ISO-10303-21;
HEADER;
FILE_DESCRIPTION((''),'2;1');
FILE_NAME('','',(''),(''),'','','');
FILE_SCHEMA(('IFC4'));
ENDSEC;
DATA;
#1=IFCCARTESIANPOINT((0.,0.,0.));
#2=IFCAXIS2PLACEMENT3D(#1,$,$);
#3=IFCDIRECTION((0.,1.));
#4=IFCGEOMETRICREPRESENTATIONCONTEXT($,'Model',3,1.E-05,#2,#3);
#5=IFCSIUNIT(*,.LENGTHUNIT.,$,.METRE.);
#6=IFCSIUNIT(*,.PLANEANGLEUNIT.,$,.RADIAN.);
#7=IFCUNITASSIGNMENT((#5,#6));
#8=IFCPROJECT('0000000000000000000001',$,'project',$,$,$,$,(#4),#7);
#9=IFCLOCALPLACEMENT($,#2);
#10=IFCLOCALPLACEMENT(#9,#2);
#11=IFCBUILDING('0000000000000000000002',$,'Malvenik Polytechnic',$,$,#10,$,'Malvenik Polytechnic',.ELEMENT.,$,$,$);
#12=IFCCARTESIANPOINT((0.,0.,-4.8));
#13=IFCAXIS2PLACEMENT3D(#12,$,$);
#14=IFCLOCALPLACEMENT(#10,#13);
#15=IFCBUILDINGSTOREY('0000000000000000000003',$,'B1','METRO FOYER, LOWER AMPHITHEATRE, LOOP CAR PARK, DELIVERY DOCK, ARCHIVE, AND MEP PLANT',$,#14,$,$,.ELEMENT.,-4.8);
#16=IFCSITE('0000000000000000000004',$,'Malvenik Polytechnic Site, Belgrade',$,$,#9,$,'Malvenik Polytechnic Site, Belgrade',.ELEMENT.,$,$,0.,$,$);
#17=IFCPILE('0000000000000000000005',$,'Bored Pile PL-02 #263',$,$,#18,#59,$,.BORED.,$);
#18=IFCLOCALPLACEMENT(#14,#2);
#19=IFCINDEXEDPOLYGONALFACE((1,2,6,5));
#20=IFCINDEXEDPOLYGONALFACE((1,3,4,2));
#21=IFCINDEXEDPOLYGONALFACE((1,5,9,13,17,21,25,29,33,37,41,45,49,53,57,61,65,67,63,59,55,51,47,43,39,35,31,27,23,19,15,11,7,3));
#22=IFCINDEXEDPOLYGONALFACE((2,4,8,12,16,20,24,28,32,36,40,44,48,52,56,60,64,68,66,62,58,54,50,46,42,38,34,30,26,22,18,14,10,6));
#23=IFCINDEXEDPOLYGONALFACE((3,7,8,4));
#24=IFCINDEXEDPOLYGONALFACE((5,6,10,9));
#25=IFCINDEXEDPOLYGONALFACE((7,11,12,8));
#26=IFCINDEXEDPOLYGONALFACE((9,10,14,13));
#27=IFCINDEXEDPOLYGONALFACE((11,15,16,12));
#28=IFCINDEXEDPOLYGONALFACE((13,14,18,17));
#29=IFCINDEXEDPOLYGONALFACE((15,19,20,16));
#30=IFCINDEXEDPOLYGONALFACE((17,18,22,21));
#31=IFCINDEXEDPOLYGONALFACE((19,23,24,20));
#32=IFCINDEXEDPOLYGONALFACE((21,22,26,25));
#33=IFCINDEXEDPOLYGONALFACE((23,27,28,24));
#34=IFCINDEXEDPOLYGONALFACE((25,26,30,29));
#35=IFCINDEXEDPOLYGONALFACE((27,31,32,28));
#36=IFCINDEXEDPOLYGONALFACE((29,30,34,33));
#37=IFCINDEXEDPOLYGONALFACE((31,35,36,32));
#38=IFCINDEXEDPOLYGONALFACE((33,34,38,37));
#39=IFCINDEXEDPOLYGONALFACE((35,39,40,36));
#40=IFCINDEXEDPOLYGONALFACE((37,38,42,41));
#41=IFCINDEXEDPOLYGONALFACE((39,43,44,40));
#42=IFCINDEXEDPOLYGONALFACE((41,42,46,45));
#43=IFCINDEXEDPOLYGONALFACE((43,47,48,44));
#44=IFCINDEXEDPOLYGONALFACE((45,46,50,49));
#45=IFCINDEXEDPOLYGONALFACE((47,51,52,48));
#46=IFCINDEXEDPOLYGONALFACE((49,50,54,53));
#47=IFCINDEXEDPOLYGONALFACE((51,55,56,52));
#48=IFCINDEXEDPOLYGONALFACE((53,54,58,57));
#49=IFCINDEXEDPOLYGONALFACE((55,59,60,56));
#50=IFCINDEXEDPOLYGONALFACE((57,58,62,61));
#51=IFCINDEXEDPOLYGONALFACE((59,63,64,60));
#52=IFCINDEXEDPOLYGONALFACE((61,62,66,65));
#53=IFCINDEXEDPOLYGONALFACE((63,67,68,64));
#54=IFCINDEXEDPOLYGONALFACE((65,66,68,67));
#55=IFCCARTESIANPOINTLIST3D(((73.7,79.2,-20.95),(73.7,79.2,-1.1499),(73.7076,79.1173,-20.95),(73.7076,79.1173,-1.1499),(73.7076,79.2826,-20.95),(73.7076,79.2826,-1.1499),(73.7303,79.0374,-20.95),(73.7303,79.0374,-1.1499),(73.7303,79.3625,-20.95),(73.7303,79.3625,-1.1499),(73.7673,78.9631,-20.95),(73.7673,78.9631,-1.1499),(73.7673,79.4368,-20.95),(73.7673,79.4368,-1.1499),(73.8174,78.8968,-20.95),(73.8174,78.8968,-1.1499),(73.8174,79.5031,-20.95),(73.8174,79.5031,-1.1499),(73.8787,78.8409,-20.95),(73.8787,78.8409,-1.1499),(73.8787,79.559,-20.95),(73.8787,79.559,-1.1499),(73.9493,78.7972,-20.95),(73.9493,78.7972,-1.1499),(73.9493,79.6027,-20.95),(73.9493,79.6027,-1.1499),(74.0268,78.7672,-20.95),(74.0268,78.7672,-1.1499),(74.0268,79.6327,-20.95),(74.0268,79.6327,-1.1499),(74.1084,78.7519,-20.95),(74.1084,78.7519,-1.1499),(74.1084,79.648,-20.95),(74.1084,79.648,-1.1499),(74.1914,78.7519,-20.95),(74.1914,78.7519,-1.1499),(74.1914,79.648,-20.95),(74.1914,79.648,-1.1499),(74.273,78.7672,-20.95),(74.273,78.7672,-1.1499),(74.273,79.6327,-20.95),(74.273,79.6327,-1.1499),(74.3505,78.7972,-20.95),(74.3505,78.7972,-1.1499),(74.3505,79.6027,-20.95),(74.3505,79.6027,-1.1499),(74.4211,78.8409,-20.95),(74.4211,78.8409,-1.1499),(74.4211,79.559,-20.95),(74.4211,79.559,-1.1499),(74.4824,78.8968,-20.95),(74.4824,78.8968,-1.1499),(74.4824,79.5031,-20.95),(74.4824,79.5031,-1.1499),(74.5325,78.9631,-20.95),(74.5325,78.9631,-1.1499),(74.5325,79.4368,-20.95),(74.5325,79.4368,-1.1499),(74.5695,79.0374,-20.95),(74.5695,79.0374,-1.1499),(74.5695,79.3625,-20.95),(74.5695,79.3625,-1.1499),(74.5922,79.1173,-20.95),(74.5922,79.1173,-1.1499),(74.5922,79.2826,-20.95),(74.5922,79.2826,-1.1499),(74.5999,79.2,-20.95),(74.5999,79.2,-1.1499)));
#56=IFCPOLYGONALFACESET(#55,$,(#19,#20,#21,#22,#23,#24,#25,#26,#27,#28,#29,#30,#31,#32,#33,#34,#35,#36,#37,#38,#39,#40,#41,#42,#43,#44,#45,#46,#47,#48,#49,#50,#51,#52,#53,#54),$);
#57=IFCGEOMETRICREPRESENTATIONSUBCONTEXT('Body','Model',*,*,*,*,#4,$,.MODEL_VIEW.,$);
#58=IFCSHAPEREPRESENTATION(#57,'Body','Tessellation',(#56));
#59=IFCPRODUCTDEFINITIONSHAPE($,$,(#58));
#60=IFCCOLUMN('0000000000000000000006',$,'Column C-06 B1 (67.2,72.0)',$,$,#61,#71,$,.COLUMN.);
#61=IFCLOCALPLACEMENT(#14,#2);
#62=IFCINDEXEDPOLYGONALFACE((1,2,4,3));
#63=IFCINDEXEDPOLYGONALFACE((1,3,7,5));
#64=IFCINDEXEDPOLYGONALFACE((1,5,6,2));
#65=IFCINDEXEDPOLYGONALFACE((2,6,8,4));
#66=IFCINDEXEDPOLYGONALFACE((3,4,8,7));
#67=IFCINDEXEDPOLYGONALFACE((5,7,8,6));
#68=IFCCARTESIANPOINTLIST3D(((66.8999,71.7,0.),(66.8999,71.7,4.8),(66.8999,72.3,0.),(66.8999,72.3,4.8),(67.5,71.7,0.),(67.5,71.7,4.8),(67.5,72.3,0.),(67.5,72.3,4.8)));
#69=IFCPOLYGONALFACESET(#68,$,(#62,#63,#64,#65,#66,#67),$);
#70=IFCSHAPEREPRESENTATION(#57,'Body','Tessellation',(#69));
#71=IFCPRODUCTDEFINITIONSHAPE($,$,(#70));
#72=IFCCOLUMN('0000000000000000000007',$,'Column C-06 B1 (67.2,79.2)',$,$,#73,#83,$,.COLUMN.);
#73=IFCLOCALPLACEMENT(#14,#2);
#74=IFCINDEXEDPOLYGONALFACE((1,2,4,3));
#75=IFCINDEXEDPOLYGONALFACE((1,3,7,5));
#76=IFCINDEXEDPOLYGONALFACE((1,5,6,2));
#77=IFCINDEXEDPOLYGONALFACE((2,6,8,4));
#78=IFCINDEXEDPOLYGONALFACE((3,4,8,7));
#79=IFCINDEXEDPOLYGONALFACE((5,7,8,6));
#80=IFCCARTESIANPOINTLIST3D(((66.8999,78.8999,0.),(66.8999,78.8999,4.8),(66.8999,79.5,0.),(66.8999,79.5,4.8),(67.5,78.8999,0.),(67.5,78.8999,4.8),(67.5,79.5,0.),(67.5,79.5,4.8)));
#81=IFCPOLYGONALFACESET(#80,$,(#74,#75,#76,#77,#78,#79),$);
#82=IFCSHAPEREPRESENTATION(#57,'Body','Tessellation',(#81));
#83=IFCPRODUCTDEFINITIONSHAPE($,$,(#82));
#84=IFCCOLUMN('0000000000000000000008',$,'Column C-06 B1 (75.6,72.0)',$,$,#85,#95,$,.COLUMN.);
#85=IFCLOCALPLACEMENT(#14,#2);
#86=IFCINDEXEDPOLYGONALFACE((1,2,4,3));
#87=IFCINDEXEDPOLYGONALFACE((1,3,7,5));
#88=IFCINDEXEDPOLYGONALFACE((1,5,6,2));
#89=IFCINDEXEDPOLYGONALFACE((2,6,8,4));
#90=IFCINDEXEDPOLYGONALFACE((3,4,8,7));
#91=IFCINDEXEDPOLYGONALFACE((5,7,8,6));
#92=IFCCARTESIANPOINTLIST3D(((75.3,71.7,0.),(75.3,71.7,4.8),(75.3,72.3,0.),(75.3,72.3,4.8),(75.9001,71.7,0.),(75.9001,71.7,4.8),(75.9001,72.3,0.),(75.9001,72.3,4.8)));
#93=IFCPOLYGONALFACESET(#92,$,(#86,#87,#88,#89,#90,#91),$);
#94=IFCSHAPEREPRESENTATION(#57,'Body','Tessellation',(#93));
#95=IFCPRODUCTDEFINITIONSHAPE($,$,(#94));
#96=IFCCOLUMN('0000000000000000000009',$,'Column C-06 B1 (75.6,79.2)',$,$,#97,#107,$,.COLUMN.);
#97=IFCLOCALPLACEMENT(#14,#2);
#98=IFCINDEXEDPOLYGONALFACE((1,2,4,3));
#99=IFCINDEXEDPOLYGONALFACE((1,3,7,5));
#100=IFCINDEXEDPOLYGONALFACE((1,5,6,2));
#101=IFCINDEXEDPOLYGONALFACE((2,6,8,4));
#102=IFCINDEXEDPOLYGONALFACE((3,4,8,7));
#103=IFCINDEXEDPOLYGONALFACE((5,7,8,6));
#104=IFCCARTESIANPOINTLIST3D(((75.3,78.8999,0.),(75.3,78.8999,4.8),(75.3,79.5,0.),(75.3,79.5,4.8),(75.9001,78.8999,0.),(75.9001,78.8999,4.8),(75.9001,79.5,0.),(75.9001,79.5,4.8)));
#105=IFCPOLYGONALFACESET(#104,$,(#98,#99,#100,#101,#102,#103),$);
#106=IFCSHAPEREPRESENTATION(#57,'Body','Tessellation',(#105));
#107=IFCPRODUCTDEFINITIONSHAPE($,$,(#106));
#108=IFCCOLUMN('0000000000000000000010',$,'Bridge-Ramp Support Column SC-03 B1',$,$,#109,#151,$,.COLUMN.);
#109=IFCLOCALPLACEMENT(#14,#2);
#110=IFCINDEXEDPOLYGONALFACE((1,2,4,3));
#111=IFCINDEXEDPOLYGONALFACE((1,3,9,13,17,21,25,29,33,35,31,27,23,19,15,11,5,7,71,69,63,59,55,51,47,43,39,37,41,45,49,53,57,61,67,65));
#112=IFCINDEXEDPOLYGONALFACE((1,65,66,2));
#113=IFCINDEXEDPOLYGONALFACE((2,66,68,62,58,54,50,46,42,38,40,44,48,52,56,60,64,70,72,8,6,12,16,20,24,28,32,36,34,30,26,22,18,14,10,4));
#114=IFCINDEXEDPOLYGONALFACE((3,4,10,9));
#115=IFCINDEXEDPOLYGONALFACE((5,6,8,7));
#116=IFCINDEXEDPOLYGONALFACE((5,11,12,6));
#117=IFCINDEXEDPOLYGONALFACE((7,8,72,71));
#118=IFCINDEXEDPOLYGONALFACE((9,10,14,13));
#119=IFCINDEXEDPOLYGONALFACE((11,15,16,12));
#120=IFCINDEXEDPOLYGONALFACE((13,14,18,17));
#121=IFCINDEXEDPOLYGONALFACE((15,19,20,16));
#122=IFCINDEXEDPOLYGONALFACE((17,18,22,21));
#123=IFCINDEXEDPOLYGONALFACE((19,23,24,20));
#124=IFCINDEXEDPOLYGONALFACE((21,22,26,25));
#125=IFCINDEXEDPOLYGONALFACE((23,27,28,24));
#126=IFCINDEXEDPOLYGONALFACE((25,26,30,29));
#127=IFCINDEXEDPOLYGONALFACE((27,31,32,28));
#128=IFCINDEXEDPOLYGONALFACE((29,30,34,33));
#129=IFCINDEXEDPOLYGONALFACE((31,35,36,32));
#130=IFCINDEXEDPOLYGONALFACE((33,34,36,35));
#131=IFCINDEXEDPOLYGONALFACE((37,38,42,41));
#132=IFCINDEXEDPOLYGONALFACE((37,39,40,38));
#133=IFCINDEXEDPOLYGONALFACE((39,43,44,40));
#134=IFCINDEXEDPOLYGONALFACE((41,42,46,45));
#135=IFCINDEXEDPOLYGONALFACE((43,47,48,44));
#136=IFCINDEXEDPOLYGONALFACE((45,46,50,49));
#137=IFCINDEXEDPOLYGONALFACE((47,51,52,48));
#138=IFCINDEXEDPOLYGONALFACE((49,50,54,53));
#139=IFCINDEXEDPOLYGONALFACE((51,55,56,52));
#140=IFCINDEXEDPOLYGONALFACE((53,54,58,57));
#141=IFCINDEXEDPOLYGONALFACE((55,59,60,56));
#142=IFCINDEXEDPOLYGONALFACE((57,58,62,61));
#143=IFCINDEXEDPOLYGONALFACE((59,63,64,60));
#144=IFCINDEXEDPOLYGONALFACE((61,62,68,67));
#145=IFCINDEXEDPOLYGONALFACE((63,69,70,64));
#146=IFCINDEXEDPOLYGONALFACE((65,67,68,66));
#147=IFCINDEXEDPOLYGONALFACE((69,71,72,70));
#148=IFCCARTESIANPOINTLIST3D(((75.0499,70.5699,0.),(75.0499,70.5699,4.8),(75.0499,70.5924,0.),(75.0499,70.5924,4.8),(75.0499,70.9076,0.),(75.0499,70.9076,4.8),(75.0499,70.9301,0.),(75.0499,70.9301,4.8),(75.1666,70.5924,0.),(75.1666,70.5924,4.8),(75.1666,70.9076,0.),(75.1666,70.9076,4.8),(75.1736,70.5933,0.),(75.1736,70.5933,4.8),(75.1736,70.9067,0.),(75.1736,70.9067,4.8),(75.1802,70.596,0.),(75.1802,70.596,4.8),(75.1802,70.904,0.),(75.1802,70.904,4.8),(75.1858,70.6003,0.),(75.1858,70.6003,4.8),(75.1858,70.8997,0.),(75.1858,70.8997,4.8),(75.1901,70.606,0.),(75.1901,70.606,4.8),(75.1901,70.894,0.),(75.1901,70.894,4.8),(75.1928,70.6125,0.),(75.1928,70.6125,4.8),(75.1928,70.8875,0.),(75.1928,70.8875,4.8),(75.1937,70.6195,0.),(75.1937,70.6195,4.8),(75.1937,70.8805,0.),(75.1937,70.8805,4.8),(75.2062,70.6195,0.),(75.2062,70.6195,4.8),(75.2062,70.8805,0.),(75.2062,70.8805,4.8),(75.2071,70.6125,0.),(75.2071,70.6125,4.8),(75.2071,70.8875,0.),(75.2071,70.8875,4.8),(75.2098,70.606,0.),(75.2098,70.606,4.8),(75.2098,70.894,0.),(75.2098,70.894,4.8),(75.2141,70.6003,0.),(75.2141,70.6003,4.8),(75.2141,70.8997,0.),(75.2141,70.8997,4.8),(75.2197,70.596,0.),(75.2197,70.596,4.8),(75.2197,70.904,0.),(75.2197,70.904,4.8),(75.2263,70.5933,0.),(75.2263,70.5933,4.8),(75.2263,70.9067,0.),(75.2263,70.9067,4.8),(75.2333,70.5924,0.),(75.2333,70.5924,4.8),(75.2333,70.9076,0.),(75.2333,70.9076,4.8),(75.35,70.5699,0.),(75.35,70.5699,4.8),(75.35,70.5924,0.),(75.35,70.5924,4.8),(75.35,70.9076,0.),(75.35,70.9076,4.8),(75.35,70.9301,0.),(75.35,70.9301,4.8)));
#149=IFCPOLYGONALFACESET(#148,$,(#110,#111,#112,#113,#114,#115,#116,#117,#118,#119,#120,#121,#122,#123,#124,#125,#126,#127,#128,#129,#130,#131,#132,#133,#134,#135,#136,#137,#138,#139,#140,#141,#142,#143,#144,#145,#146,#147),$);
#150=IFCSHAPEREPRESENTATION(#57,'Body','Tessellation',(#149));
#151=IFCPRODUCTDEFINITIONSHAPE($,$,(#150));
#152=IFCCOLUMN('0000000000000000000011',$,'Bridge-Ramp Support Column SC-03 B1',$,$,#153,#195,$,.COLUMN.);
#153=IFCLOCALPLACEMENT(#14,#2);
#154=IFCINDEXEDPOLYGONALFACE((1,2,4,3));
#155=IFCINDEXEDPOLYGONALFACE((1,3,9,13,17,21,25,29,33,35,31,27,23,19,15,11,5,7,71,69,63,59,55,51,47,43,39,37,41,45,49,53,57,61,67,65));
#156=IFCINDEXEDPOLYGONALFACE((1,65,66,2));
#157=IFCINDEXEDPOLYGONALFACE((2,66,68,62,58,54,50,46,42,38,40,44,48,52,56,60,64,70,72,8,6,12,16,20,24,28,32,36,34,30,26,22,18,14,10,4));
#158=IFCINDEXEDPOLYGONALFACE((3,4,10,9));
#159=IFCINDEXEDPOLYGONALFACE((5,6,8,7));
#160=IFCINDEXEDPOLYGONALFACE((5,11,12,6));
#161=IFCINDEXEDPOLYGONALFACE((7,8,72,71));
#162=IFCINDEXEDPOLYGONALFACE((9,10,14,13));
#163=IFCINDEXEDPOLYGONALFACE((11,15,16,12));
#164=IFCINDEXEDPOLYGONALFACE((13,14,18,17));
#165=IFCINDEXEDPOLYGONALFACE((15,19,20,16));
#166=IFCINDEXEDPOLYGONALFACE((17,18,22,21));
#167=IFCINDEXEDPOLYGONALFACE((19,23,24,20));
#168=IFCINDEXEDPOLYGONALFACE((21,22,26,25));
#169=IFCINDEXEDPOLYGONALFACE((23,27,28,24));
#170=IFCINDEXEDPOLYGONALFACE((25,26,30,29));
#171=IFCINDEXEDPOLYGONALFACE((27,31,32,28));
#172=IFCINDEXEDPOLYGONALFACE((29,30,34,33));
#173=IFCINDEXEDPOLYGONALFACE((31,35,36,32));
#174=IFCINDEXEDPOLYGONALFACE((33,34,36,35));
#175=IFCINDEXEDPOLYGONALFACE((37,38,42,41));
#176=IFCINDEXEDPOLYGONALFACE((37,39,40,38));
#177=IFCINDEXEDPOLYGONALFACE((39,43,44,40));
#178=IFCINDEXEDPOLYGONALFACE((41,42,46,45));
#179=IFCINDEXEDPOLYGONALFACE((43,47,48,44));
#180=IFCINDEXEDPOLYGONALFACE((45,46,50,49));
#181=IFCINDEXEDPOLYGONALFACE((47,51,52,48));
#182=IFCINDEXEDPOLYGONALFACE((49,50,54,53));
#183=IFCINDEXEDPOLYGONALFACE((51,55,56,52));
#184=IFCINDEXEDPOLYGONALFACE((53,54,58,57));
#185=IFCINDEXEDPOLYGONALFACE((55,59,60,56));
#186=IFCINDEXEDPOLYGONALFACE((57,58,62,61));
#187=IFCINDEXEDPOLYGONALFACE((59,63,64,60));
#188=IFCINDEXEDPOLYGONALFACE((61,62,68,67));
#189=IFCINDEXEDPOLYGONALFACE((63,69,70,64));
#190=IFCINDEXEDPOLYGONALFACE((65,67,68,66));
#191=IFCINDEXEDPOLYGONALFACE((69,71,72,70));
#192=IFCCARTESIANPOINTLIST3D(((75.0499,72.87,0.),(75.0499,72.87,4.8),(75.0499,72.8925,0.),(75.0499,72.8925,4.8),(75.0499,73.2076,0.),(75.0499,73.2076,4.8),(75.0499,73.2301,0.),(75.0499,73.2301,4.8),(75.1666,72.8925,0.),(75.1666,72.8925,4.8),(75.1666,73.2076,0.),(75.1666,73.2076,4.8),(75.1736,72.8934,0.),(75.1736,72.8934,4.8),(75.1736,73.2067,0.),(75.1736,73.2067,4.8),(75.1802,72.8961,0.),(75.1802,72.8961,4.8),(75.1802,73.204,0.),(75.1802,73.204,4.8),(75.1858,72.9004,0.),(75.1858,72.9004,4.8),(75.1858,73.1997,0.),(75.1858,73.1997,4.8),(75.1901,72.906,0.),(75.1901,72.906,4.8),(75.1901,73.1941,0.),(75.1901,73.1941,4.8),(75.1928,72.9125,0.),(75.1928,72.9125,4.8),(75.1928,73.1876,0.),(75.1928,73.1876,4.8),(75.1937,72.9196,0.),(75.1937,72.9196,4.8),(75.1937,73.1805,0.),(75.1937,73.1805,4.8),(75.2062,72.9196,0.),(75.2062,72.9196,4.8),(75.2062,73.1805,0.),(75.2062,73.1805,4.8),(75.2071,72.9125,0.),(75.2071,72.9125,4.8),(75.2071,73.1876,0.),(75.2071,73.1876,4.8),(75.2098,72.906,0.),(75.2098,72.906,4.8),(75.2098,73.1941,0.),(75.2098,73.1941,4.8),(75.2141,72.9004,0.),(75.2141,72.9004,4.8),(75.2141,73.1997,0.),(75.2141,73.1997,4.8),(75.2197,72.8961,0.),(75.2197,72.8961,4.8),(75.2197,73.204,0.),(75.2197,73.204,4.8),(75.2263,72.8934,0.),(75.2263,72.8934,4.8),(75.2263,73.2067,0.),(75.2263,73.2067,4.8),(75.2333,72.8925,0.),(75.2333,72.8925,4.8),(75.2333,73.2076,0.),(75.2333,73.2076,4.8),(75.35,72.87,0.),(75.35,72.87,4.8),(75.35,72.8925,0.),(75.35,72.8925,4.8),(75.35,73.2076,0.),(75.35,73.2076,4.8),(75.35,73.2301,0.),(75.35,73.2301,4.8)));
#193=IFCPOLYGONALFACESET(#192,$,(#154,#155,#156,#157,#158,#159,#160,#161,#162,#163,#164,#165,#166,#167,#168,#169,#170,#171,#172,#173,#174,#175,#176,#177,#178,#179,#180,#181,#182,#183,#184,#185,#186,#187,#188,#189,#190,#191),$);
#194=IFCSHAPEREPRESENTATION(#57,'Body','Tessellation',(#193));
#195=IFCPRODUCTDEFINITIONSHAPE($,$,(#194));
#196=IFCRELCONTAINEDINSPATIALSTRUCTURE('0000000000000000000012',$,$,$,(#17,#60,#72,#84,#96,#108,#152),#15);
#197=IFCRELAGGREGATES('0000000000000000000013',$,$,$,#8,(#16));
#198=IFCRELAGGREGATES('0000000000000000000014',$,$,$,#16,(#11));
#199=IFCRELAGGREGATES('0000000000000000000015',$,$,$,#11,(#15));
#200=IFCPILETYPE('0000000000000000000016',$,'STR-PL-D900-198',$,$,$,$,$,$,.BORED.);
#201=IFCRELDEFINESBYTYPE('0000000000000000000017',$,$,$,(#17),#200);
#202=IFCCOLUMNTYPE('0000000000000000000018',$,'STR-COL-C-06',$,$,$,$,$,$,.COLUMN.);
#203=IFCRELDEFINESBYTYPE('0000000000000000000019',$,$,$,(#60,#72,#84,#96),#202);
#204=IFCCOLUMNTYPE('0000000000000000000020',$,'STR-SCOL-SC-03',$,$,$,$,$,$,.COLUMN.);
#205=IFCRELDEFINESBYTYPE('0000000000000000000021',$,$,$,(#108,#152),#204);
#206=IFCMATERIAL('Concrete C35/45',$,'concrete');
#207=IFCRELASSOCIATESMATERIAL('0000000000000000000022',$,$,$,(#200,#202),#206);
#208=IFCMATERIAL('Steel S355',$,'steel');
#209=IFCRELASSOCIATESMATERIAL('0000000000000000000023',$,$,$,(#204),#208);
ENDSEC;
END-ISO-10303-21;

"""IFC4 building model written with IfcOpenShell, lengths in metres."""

from ifc_helpers import new_model, si_unit, direction, frame, origin, origin_2d, place, context, subcontext, project, spatial, rectangle, circle, i_section, extrude, material, material_profile, profile_set, type_object, element, save


model = new_model("IFC4")

# Units and contexts
model_context = context("Model", 3, precision=1e-05, world=origin(), true_north=direction((0.0, 1.0)))
body_context = subcontext(model_context, "Body", "Model", "MODEL_VIEW")
ifc_project = project(units=[si_unit("LENGTHUNIT", "METRE"), si_unit("PLANEANGLEUNIT", "RADIAN")], contexts=[model_context])

# Site, building, storey
site_placement = place(None, origin())
site = spatial("IfcSite", under=ifc_project, at=site_placement, Name="Malvenik Polytechnic Site, Belgrade", LongName="Malvenik Polytechnic Site, Belgrade", CompositionType="ELEMENT", RefElevation=0.0)
building_placement = place(site_placement, origin())
building = spatial("IfcBuilding", under=site, at=building_placement, Name="Malvenik Polytechnic", LongName="Malvenik Polytechnic", CompositionType="ELEMENT")
storey_placement = place(building_placement, frame((0.0, 0.0, -4.8)))
storey = spatial("IfcBuildingStorey", under=building, at=storey_placement, Name="B1", Description="METRO FOYER, LOWER AMPHITHEATRE, LOOP CAR PARK, DELIVERY DOCK, ARCHIVE, AND MEP PLANT", CompositionType="ELEMENT", Elevation=-4.8)

# Shared definitions
ifc_material_1 = material(Name="Concrete C35/45", Category="concrete")

# Pile
ifc_material_profile_1 = material_profile(ifc_material_1, circle(Radius=0.45, at=origin_2d()), Name="BORED PILE D900")
ifc_profile_set_1 = profile_set([ifc_material_profile_1], Name="Concrete C35/45")
pile_type_1 = type_object("IfcPileType", Name="STR-PL-D900-198", PredefinedType="BORED", material=ifc_profile_set_1)
for number, where, z_axis, x_axis, name in (
    (1, (74.1499, 79.2, -1.1499), (0.0, 0.0, -1.0), (1.0, 0.0, 0.0), "Bored Pile PL-02 #263"),
):
    element("IfcPile", number, at=place(storey_placement, frame(where, z_axis=z_axis, x_axis=x_axis)), inside=storey, type_object=pile_type_1, Name=name, PredefinedType="BORED", context=body_context, shape_type="SweptSolid", body=[
        extrude(circle(Radius=0.45, at=origin_2d()), origin(), (0.0, 0.0, 1.0), 19.8),
    ])

# Columns
ifc_material_profile_2 = material_profile(ifc_material_1, rectangle(XDim=0.6001, YDim=0.6001, at=origin_2d()), Name="RC COL 600x600")
ifc_profile_set_2 = profile_set([ifc_material_profile_2], Name="Concrete C35/45")
column_type_1 = type_object("IfcColumnType", Name="STR-COL-C-06", PredefinedType="COLUMN", material=ifc_profile_set_2)
for number, where, z_axis, x_axis, name in (
    (2, (67.2, 72.0, 0.0), (0.0, 0.0, 1.0), (1.0, 0.0, 0.0), "Column C-06 B1 (67.2,72.0)"),
    (3, (67.2, 79.2, 0.0), (0.0, 0.0, 1.0), (1.0, 0.0, 0.0), "Column C-06 B1 (67.2,79.2)"),
    (4, (75.6001, 72.0, 0.0), (0.0, 0.0, 1.0), (1.0, 0.0, 0.0), "Column C-06 B1 (75.6,72.0)"),
    (5, (75.6001, 79.2, 0.0), (0.0, 0.0, 1.0), (1.0, 0.0, 0.0), "Column C-06 B1 (75.6,79.2)"),
):
    element("IfcColumn", number, at=place(storey_placement, frame(where, z_axis=z_axis, x_axis=x_axis)), inside=storey, type_object=column_type_1, Name=name, PredefinedType="COLUMN", context=body_context, shape_type="SweptSolid", body=[
        extrude(rectangle(XDim=0.6001, YDim=0.6001, at=origin_2d()), origin(), (0.0, 0.0, 1.0), 4.8),
    ])
ifc_material_2 = material(Name="Steel S355", Category="steel")
ifc_material_profile_3 = material_profile(ifc_material_2, i_section(OverallWidth=0.3, OverallDepth=0.3601, WebThickness=0.0125, FlangeThickness=0.0225, FilletRadius=0.0271, at=origin_2d()), Name="HEB 360")
ifc_profile_set_3 = profile_set([ifc_material_profile_3], Name="Steel S355")
column_type_2 = type_object("IfcColumnType", Name="STR-SCOL-SC-03", PredefinedType="COLUMN", material=ifc_profile_set_3)
for number, where, z_axis, x_axis, name in (
    (6, (75.2, 70.75, 0.0), (0.0, 0.0, 1.0), (1.0, 0.0, 0.0), "Bridge-Ramp Support Column SC-03 B1"),
    (7, (75.2, 73.05, 0.0), (0.0, 0.0, 1.0), (1.0, 0.0, 0.0), "Bridge-Ramp Support Column SC-03 B1"),
):
    element("IfcColumn", number, at=place(storey_placement, frame(where, z_axis=z_axis, x_axis=x_axis)), inside=storey, type_object=column_type_2, Name=name, PredefinedType="COLUMN", context=body_context, shape_type="SweptSolid", body=[
        extrude(i_section(OverallWidth=0.3, OverallDepth=0.3601, WebThickness=0.0125, FlangeThickness=0.0225, FilletRadius=0.0271, at=origin_2d()), origin(), (0.0, 0.0, 1.0), 4.8),
    ])

save(model, "model.ifc")
